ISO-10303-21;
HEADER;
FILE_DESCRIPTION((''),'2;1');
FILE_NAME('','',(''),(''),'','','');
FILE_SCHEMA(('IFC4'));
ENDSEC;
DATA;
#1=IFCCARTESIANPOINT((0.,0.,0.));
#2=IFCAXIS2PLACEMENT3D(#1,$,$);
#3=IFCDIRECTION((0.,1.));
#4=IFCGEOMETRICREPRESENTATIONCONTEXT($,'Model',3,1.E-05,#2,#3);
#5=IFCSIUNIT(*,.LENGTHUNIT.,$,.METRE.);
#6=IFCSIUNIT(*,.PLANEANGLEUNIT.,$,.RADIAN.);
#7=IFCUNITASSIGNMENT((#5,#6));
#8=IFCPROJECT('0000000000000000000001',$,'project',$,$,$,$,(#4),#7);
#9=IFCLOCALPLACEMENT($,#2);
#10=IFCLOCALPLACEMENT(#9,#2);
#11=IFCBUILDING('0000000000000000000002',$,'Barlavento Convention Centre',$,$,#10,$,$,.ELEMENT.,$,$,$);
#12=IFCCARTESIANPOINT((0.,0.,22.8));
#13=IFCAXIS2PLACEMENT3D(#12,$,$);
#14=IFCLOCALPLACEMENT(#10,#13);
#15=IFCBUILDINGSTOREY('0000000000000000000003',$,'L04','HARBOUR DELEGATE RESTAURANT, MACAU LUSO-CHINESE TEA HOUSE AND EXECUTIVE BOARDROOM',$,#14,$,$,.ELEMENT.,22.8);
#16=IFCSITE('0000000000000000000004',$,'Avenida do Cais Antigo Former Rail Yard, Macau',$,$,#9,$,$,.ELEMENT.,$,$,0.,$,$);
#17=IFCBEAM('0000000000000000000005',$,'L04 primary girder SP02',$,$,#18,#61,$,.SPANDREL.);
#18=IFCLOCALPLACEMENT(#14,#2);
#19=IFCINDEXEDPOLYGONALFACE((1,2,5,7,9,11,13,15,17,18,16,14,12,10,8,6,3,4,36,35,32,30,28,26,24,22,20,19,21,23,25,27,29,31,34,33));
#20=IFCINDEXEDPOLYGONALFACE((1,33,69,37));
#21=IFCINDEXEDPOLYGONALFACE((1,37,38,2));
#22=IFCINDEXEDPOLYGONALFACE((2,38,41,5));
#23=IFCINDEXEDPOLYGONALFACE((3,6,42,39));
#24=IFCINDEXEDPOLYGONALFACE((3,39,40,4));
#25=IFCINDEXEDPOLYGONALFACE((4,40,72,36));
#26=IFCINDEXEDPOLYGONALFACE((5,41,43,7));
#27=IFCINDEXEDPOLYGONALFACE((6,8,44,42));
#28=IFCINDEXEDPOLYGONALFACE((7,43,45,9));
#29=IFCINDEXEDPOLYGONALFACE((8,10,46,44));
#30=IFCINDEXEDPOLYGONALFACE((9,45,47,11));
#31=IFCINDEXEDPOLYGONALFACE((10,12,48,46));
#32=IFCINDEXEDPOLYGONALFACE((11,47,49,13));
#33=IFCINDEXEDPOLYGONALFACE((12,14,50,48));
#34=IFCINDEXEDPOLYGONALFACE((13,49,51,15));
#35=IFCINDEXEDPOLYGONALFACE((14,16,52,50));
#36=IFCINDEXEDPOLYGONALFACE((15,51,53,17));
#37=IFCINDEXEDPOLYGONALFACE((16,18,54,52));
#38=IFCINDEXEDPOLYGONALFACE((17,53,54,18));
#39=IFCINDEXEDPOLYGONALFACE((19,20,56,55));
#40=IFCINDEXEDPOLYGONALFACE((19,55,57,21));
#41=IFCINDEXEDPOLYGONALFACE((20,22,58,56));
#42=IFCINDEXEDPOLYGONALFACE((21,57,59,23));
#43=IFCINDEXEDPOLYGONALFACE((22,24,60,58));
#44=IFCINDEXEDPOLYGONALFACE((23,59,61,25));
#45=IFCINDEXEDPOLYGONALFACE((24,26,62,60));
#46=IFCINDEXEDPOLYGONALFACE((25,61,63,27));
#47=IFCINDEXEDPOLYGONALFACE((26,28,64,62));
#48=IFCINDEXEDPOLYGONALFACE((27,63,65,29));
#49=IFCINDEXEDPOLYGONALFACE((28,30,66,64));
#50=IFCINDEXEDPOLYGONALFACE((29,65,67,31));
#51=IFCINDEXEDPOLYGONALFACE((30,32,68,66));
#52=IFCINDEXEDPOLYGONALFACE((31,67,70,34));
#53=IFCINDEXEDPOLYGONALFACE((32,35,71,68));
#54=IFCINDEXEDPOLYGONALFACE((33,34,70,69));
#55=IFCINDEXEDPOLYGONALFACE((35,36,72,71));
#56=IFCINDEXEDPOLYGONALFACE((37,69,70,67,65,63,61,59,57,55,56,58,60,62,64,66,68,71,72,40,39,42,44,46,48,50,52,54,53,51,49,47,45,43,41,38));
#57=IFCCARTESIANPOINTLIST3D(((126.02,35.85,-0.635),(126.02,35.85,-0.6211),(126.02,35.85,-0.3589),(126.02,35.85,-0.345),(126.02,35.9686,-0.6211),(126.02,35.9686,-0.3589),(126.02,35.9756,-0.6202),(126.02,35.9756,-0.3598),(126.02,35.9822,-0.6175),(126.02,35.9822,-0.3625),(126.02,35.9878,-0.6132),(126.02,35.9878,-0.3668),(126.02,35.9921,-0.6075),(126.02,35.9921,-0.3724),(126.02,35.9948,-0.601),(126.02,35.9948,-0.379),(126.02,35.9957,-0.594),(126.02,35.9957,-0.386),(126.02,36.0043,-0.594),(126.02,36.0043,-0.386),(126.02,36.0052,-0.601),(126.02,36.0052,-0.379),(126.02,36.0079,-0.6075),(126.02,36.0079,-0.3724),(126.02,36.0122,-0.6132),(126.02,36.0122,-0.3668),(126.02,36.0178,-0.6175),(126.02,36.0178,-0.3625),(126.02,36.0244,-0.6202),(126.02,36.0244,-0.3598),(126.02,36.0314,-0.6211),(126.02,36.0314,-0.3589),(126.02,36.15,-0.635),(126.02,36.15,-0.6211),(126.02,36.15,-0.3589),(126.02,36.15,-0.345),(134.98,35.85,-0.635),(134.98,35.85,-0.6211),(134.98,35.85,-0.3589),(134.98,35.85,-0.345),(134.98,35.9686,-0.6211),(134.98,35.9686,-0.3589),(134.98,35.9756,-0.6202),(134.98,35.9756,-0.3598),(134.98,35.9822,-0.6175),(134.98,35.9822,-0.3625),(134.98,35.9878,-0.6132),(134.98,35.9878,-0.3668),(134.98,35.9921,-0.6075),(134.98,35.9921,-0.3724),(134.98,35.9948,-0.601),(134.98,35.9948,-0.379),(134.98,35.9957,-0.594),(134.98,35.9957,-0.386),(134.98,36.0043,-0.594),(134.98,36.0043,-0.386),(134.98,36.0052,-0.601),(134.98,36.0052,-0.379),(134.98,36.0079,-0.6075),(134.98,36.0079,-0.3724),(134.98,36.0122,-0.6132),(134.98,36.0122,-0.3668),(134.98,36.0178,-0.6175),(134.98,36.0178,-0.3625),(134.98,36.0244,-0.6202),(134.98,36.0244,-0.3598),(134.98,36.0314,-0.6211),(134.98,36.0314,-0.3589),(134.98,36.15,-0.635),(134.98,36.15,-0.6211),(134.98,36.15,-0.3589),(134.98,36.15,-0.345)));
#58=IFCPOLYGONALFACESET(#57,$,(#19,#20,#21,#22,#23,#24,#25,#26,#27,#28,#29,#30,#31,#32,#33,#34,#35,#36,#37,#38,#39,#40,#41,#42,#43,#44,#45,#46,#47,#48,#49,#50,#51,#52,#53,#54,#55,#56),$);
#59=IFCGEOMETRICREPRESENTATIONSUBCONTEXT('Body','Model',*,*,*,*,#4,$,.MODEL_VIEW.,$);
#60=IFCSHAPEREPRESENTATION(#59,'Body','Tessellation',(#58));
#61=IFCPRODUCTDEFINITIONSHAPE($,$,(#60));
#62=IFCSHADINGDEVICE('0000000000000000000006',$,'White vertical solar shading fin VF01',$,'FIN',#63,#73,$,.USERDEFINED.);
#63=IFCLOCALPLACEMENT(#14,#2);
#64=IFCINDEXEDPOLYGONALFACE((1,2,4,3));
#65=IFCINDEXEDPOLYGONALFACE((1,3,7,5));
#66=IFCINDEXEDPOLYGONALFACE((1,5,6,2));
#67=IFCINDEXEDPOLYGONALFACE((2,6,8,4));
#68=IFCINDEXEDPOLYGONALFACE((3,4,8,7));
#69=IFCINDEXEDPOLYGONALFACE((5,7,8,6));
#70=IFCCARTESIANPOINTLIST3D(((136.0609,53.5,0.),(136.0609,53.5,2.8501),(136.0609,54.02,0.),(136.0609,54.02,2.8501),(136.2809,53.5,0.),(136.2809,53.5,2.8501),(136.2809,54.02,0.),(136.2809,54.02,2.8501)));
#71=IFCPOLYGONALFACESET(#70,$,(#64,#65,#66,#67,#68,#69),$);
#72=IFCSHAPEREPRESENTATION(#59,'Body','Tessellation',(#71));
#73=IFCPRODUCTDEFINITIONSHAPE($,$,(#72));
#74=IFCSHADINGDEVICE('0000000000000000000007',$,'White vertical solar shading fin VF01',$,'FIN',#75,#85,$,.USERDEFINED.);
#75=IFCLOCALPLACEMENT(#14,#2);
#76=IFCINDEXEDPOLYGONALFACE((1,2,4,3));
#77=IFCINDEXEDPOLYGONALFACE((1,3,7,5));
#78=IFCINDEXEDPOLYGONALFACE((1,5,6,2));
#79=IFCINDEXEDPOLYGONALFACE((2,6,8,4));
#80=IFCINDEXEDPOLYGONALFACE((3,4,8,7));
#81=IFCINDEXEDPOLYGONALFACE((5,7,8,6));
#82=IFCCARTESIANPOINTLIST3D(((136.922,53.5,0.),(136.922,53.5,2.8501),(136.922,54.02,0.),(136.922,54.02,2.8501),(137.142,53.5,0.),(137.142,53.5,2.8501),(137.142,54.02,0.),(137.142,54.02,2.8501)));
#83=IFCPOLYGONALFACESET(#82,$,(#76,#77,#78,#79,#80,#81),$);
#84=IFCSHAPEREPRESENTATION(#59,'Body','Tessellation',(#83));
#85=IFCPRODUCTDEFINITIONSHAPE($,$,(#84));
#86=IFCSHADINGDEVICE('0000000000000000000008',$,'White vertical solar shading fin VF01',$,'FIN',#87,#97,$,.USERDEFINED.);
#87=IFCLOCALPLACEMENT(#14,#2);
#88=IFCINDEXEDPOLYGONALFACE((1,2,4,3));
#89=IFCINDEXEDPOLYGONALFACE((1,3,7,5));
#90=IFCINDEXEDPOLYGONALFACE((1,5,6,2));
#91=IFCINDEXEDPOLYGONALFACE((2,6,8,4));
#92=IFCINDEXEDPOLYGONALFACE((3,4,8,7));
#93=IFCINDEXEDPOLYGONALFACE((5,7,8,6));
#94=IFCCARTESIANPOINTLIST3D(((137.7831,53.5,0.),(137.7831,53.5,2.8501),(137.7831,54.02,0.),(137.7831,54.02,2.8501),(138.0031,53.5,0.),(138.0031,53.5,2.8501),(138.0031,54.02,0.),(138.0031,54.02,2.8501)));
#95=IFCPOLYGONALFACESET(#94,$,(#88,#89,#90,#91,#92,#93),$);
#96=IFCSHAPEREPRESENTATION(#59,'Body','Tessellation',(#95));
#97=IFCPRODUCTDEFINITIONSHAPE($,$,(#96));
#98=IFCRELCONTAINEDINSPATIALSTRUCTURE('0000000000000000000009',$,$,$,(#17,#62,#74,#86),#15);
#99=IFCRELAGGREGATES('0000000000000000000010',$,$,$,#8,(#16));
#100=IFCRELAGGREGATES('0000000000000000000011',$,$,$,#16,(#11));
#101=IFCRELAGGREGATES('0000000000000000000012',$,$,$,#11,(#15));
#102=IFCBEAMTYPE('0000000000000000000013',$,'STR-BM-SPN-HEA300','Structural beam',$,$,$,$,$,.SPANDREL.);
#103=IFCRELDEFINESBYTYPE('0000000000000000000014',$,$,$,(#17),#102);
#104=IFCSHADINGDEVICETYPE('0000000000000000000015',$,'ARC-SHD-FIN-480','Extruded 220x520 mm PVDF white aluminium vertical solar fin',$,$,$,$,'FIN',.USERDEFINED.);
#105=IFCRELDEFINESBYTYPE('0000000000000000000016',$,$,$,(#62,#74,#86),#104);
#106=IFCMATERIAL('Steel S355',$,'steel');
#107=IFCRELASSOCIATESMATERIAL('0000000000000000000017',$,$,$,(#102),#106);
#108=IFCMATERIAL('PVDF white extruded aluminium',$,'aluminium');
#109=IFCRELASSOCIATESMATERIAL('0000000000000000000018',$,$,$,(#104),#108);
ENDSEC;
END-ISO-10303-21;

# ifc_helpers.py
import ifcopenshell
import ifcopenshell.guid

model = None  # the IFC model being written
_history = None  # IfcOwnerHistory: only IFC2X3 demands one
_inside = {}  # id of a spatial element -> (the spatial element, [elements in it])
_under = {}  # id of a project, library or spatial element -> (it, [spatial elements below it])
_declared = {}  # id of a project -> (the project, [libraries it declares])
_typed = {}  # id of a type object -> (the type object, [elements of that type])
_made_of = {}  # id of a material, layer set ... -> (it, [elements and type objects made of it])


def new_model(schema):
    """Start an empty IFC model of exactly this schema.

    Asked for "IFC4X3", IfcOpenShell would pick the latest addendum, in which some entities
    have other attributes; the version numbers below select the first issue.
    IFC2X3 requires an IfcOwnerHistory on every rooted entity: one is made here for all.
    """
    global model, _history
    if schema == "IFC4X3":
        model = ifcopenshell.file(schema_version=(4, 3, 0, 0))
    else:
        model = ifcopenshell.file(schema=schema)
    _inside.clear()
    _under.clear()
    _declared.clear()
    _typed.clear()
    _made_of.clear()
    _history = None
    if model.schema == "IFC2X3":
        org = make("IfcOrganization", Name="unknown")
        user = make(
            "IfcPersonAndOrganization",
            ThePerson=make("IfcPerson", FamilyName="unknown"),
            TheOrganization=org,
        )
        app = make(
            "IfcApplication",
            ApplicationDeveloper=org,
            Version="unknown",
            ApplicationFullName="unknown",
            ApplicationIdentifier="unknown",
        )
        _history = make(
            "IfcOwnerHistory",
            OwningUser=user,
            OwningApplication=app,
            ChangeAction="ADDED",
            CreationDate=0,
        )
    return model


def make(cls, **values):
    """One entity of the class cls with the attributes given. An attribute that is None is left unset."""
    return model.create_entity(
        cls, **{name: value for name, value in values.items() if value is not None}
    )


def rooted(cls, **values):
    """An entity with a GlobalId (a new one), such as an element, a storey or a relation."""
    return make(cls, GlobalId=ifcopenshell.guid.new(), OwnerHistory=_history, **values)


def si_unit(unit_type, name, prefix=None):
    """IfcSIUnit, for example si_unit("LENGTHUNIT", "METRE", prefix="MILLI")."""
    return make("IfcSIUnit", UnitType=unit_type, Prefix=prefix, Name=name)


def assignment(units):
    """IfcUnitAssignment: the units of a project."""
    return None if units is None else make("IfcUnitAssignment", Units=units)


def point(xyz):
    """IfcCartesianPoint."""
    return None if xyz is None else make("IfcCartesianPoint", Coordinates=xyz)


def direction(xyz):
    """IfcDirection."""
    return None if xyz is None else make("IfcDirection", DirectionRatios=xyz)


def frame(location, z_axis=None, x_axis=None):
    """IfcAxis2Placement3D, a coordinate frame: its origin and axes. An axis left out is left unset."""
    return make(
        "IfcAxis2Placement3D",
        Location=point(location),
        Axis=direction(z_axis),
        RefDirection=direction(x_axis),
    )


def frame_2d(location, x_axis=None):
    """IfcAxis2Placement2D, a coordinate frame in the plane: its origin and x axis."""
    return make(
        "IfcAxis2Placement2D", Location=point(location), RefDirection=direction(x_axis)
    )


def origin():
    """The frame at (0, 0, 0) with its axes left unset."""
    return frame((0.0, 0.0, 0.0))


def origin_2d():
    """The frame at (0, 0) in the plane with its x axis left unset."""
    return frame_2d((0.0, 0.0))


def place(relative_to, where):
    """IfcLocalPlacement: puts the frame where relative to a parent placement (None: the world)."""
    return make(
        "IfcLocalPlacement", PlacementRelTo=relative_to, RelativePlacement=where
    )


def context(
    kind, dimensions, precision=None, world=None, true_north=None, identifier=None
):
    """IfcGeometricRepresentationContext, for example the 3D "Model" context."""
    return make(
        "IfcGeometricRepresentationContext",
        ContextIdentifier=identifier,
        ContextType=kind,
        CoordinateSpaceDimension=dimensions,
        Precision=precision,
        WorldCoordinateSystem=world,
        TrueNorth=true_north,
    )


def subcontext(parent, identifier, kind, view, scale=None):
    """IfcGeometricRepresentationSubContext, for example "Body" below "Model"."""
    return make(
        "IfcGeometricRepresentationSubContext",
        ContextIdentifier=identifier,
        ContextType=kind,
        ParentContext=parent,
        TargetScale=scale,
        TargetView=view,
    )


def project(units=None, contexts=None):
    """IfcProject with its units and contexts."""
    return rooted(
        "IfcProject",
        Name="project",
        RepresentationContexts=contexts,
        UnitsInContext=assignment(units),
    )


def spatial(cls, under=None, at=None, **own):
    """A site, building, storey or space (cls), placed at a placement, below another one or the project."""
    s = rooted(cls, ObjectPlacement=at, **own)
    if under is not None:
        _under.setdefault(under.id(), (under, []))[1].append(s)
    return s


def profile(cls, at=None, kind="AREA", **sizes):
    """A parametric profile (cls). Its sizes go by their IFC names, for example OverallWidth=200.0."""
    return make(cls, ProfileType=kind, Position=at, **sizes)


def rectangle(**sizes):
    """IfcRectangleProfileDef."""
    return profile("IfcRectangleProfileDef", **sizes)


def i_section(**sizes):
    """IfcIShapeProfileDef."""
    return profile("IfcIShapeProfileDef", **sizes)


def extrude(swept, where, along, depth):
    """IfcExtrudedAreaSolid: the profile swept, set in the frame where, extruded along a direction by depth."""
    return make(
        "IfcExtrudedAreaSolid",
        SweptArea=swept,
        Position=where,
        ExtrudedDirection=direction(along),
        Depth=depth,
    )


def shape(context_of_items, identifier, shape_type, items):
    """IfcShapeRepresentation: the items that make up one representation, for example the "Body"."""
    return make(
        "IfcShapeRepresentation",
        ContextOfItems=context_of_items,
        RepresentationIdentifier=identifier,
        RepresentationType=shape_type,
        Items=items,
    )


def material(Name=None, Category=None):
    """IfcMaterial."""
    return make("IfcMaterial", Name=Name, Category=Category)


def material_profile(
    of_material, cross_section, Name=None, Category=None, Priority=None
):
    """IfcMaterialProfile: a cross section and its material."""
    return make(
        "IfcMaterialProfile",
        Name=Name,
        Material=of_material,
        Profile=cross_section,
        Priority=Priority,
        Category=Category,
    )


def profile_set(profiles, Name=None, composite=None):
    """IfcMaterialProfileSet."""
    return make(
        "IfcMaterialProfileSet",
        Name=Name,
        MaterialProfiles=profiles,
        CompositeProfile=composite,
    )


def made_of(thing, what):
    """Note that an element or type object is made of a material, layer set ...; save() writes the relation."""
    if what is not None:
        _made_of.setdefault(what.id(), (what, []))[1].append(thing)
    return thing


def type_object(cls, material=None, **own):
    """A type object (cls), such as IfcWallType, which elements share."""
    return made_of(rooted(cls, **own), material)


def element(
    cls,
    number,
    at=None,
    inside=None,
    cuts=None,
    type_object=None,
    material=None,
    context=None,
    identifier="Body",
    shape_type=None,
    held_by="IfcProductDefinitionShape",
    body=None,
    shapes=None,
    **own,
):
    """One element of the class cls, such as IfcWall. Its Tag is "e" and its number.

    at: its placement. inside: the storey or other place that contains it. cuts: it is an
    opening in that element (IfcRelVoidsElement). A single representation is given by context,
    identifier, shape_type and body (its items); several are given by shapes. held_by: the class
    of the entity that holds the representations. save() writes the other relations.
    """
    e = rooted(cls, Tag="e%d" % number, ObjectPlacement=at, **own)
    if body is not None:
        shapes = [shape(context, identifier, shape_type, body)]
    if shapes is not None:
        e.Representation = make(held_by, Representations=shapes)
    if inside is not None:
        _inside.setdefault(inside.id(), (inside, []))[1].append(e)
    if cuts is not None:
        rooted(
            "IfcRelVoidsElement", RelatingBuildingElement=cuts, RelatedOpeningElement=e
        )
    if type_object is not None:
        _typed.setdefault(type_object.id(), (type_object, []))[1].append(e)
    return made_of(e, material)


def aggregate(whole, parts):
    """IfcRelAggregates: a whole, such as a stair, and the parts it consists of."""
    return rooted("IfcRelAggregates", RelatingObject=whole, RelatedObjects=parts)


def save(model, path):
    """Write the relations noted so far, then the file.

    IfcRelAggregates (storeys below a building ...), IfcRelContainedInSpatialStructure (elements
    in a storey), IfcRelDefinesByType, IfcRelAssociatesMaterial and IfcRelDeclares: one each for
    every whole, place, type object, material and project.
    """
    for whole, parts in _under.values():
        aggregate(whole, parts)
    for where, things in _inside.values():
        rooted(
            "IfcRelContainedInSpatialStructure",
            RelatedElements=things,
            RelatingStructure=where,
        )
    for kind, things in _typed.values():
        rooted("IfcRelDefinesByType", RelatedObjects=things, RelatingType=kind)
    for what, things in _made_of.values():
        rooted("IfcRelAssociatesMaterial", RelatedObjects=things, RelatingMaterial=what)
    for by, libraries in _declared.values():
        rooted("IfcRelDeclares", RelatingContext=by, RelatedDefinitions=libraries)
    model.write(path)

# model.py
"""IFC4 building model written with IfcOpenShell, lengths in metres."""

from ifc_helpers import new_model, si_unit, direction, frame, origin, origin_2d, place, context, subcontext, project, spatial, rectangle, i_section, extrude, material, material_profile, profile_set, type_object, element, save


model = new_model("IFC4")

# Units and contexts
model_context = context("Model", 3, precision=1e-05, world=origin(), true_north=direction((0.0, 1.0)))
body_context = subcontext(model_context, "Body", "Model", "MODEL_VIEW")
ifc_project = project(units=[si_unit("LENGTHUNIT", "METRE"), si_unit("PLANEANGLEUNIT", "RADIAN")], contexts=[model_context])

# Site, building, storey
site_placement = place(None, origin())
site = spatial("IfcSite", under=ifc_project, at=site_placement, Name="Avenida do Cais Antigo Former Rail Yard, Macau", CompositionType="ELEMENT", RefElevation=0.0)
building_placement = place(site_placement, origin())
building = spatial("IfcBuilding", under=site, at=building_placement, Name="Barlavento Convention Centre", CompositionType="ELEMENT")
storey_placement = place(building_placement, frame((0.0, 0.0, 22.8)))
storey = spatial("IfcBuildingStorey", under=building, at=storey_placement, Name="L04", Description="HARBOUR DELEGATE RESTAURANT, MACAU LUSO-CHINESE TEA HOUSE AND EXECUTIVE BOARDROOM", CompositionType="ELEMENT", Elevation=22.8)

# Beam
ifc_material_1 = material(Name="Steel S355", Category="steel")
ifc_material_profile_1 = material_profile(ifc_material_1, i_section(OverallWidth=0.3, OverallDepth=0.29, WebThickness=0.0085, FlangeThickness=0.0139, FilletRadius=0.0271, at=origin_2d()), Name="HEA 300")
ifc_profile_set_1 = profile_set([ifc_material_profile_1], Name="Steel S355")
beam_type_1 = type_object("IfcBeamType", Name="STR-BM-SPN-HEA300", Description="Structural beam", PredefinedType="SPANDREL", material=ifc_profile_set_1)
beam_1_placement = place(storey_placement, frame((126.02, 36.0, -0.49), z_axis=(1.0, 0.0, 0.0), x_axis=(0.0, 1.0, 0.0)))
element("IfcBeam", 1, at=beam_1_placement, inside=storey, type_object=beam_type_1, Name="L04 primary girder SP02", PredefinedType="SPANDREL", context=body_context, shape_type="SweptSolid", body=[
    extrude(i_section(OverallWidth=0.3, OverallDepth=0.29, WebThickness=0.0085, FlangeThickness=0.0139, FilletRadius=0.0271, at=origin_2d()), origin(), (0.0, 0.0, 1.0), 8.96),
])

# Shading devices
ifc_material_2 = material(Name="PVDF white extruded aluminium", Category="aluminium")
shading_device_type = type_object("IfcShadingDeviceType", Name="ARC-SHD-FIN-480", Description="Extruded 220x520 mm PVDF white aluminium vertical solar fin", ElementType="FIN", PredefinedType="USERDEFINED", material=ifc_material_2)
for number, where, z_axis, x_axis, name in (
    (2, (136.1709, 53.76, 0.0), (0.0, 0.0, 1.0), (1.0, 0.0, 0.0), "White vertical solar shading fin VF01"),
    (3, (137.032, 53.76, 0.0), (0.0, 0.0, 1.0), (1.0, 0.0, 0.0), "White vertical solar shading fin VF01"),
    (4, (137.8931, 53.76, 0.0), (0.0, 0.0, 1.0), (1.0, 0.0, 0.0), "White vertical solar shading fin VF01"),
):
    element("IfcShadingDevice", number, at=place(storey_placement, frame(where, z_axis=z_axis, x_axis=x_axis)), inside=storey, type_object=shading_device_type, Name=name, ObjectType="FIN", PredefinedType="USERDEFINED", context=body_context, shape_type="SweptSolid", body=[
        extrude(rectangle(XDim=0.22, YDim=0.52, at=origin_2d()), origin(), (0.0, 0.0, 1.0), 2.8501),
    ])

save(model, "model.ifc")
